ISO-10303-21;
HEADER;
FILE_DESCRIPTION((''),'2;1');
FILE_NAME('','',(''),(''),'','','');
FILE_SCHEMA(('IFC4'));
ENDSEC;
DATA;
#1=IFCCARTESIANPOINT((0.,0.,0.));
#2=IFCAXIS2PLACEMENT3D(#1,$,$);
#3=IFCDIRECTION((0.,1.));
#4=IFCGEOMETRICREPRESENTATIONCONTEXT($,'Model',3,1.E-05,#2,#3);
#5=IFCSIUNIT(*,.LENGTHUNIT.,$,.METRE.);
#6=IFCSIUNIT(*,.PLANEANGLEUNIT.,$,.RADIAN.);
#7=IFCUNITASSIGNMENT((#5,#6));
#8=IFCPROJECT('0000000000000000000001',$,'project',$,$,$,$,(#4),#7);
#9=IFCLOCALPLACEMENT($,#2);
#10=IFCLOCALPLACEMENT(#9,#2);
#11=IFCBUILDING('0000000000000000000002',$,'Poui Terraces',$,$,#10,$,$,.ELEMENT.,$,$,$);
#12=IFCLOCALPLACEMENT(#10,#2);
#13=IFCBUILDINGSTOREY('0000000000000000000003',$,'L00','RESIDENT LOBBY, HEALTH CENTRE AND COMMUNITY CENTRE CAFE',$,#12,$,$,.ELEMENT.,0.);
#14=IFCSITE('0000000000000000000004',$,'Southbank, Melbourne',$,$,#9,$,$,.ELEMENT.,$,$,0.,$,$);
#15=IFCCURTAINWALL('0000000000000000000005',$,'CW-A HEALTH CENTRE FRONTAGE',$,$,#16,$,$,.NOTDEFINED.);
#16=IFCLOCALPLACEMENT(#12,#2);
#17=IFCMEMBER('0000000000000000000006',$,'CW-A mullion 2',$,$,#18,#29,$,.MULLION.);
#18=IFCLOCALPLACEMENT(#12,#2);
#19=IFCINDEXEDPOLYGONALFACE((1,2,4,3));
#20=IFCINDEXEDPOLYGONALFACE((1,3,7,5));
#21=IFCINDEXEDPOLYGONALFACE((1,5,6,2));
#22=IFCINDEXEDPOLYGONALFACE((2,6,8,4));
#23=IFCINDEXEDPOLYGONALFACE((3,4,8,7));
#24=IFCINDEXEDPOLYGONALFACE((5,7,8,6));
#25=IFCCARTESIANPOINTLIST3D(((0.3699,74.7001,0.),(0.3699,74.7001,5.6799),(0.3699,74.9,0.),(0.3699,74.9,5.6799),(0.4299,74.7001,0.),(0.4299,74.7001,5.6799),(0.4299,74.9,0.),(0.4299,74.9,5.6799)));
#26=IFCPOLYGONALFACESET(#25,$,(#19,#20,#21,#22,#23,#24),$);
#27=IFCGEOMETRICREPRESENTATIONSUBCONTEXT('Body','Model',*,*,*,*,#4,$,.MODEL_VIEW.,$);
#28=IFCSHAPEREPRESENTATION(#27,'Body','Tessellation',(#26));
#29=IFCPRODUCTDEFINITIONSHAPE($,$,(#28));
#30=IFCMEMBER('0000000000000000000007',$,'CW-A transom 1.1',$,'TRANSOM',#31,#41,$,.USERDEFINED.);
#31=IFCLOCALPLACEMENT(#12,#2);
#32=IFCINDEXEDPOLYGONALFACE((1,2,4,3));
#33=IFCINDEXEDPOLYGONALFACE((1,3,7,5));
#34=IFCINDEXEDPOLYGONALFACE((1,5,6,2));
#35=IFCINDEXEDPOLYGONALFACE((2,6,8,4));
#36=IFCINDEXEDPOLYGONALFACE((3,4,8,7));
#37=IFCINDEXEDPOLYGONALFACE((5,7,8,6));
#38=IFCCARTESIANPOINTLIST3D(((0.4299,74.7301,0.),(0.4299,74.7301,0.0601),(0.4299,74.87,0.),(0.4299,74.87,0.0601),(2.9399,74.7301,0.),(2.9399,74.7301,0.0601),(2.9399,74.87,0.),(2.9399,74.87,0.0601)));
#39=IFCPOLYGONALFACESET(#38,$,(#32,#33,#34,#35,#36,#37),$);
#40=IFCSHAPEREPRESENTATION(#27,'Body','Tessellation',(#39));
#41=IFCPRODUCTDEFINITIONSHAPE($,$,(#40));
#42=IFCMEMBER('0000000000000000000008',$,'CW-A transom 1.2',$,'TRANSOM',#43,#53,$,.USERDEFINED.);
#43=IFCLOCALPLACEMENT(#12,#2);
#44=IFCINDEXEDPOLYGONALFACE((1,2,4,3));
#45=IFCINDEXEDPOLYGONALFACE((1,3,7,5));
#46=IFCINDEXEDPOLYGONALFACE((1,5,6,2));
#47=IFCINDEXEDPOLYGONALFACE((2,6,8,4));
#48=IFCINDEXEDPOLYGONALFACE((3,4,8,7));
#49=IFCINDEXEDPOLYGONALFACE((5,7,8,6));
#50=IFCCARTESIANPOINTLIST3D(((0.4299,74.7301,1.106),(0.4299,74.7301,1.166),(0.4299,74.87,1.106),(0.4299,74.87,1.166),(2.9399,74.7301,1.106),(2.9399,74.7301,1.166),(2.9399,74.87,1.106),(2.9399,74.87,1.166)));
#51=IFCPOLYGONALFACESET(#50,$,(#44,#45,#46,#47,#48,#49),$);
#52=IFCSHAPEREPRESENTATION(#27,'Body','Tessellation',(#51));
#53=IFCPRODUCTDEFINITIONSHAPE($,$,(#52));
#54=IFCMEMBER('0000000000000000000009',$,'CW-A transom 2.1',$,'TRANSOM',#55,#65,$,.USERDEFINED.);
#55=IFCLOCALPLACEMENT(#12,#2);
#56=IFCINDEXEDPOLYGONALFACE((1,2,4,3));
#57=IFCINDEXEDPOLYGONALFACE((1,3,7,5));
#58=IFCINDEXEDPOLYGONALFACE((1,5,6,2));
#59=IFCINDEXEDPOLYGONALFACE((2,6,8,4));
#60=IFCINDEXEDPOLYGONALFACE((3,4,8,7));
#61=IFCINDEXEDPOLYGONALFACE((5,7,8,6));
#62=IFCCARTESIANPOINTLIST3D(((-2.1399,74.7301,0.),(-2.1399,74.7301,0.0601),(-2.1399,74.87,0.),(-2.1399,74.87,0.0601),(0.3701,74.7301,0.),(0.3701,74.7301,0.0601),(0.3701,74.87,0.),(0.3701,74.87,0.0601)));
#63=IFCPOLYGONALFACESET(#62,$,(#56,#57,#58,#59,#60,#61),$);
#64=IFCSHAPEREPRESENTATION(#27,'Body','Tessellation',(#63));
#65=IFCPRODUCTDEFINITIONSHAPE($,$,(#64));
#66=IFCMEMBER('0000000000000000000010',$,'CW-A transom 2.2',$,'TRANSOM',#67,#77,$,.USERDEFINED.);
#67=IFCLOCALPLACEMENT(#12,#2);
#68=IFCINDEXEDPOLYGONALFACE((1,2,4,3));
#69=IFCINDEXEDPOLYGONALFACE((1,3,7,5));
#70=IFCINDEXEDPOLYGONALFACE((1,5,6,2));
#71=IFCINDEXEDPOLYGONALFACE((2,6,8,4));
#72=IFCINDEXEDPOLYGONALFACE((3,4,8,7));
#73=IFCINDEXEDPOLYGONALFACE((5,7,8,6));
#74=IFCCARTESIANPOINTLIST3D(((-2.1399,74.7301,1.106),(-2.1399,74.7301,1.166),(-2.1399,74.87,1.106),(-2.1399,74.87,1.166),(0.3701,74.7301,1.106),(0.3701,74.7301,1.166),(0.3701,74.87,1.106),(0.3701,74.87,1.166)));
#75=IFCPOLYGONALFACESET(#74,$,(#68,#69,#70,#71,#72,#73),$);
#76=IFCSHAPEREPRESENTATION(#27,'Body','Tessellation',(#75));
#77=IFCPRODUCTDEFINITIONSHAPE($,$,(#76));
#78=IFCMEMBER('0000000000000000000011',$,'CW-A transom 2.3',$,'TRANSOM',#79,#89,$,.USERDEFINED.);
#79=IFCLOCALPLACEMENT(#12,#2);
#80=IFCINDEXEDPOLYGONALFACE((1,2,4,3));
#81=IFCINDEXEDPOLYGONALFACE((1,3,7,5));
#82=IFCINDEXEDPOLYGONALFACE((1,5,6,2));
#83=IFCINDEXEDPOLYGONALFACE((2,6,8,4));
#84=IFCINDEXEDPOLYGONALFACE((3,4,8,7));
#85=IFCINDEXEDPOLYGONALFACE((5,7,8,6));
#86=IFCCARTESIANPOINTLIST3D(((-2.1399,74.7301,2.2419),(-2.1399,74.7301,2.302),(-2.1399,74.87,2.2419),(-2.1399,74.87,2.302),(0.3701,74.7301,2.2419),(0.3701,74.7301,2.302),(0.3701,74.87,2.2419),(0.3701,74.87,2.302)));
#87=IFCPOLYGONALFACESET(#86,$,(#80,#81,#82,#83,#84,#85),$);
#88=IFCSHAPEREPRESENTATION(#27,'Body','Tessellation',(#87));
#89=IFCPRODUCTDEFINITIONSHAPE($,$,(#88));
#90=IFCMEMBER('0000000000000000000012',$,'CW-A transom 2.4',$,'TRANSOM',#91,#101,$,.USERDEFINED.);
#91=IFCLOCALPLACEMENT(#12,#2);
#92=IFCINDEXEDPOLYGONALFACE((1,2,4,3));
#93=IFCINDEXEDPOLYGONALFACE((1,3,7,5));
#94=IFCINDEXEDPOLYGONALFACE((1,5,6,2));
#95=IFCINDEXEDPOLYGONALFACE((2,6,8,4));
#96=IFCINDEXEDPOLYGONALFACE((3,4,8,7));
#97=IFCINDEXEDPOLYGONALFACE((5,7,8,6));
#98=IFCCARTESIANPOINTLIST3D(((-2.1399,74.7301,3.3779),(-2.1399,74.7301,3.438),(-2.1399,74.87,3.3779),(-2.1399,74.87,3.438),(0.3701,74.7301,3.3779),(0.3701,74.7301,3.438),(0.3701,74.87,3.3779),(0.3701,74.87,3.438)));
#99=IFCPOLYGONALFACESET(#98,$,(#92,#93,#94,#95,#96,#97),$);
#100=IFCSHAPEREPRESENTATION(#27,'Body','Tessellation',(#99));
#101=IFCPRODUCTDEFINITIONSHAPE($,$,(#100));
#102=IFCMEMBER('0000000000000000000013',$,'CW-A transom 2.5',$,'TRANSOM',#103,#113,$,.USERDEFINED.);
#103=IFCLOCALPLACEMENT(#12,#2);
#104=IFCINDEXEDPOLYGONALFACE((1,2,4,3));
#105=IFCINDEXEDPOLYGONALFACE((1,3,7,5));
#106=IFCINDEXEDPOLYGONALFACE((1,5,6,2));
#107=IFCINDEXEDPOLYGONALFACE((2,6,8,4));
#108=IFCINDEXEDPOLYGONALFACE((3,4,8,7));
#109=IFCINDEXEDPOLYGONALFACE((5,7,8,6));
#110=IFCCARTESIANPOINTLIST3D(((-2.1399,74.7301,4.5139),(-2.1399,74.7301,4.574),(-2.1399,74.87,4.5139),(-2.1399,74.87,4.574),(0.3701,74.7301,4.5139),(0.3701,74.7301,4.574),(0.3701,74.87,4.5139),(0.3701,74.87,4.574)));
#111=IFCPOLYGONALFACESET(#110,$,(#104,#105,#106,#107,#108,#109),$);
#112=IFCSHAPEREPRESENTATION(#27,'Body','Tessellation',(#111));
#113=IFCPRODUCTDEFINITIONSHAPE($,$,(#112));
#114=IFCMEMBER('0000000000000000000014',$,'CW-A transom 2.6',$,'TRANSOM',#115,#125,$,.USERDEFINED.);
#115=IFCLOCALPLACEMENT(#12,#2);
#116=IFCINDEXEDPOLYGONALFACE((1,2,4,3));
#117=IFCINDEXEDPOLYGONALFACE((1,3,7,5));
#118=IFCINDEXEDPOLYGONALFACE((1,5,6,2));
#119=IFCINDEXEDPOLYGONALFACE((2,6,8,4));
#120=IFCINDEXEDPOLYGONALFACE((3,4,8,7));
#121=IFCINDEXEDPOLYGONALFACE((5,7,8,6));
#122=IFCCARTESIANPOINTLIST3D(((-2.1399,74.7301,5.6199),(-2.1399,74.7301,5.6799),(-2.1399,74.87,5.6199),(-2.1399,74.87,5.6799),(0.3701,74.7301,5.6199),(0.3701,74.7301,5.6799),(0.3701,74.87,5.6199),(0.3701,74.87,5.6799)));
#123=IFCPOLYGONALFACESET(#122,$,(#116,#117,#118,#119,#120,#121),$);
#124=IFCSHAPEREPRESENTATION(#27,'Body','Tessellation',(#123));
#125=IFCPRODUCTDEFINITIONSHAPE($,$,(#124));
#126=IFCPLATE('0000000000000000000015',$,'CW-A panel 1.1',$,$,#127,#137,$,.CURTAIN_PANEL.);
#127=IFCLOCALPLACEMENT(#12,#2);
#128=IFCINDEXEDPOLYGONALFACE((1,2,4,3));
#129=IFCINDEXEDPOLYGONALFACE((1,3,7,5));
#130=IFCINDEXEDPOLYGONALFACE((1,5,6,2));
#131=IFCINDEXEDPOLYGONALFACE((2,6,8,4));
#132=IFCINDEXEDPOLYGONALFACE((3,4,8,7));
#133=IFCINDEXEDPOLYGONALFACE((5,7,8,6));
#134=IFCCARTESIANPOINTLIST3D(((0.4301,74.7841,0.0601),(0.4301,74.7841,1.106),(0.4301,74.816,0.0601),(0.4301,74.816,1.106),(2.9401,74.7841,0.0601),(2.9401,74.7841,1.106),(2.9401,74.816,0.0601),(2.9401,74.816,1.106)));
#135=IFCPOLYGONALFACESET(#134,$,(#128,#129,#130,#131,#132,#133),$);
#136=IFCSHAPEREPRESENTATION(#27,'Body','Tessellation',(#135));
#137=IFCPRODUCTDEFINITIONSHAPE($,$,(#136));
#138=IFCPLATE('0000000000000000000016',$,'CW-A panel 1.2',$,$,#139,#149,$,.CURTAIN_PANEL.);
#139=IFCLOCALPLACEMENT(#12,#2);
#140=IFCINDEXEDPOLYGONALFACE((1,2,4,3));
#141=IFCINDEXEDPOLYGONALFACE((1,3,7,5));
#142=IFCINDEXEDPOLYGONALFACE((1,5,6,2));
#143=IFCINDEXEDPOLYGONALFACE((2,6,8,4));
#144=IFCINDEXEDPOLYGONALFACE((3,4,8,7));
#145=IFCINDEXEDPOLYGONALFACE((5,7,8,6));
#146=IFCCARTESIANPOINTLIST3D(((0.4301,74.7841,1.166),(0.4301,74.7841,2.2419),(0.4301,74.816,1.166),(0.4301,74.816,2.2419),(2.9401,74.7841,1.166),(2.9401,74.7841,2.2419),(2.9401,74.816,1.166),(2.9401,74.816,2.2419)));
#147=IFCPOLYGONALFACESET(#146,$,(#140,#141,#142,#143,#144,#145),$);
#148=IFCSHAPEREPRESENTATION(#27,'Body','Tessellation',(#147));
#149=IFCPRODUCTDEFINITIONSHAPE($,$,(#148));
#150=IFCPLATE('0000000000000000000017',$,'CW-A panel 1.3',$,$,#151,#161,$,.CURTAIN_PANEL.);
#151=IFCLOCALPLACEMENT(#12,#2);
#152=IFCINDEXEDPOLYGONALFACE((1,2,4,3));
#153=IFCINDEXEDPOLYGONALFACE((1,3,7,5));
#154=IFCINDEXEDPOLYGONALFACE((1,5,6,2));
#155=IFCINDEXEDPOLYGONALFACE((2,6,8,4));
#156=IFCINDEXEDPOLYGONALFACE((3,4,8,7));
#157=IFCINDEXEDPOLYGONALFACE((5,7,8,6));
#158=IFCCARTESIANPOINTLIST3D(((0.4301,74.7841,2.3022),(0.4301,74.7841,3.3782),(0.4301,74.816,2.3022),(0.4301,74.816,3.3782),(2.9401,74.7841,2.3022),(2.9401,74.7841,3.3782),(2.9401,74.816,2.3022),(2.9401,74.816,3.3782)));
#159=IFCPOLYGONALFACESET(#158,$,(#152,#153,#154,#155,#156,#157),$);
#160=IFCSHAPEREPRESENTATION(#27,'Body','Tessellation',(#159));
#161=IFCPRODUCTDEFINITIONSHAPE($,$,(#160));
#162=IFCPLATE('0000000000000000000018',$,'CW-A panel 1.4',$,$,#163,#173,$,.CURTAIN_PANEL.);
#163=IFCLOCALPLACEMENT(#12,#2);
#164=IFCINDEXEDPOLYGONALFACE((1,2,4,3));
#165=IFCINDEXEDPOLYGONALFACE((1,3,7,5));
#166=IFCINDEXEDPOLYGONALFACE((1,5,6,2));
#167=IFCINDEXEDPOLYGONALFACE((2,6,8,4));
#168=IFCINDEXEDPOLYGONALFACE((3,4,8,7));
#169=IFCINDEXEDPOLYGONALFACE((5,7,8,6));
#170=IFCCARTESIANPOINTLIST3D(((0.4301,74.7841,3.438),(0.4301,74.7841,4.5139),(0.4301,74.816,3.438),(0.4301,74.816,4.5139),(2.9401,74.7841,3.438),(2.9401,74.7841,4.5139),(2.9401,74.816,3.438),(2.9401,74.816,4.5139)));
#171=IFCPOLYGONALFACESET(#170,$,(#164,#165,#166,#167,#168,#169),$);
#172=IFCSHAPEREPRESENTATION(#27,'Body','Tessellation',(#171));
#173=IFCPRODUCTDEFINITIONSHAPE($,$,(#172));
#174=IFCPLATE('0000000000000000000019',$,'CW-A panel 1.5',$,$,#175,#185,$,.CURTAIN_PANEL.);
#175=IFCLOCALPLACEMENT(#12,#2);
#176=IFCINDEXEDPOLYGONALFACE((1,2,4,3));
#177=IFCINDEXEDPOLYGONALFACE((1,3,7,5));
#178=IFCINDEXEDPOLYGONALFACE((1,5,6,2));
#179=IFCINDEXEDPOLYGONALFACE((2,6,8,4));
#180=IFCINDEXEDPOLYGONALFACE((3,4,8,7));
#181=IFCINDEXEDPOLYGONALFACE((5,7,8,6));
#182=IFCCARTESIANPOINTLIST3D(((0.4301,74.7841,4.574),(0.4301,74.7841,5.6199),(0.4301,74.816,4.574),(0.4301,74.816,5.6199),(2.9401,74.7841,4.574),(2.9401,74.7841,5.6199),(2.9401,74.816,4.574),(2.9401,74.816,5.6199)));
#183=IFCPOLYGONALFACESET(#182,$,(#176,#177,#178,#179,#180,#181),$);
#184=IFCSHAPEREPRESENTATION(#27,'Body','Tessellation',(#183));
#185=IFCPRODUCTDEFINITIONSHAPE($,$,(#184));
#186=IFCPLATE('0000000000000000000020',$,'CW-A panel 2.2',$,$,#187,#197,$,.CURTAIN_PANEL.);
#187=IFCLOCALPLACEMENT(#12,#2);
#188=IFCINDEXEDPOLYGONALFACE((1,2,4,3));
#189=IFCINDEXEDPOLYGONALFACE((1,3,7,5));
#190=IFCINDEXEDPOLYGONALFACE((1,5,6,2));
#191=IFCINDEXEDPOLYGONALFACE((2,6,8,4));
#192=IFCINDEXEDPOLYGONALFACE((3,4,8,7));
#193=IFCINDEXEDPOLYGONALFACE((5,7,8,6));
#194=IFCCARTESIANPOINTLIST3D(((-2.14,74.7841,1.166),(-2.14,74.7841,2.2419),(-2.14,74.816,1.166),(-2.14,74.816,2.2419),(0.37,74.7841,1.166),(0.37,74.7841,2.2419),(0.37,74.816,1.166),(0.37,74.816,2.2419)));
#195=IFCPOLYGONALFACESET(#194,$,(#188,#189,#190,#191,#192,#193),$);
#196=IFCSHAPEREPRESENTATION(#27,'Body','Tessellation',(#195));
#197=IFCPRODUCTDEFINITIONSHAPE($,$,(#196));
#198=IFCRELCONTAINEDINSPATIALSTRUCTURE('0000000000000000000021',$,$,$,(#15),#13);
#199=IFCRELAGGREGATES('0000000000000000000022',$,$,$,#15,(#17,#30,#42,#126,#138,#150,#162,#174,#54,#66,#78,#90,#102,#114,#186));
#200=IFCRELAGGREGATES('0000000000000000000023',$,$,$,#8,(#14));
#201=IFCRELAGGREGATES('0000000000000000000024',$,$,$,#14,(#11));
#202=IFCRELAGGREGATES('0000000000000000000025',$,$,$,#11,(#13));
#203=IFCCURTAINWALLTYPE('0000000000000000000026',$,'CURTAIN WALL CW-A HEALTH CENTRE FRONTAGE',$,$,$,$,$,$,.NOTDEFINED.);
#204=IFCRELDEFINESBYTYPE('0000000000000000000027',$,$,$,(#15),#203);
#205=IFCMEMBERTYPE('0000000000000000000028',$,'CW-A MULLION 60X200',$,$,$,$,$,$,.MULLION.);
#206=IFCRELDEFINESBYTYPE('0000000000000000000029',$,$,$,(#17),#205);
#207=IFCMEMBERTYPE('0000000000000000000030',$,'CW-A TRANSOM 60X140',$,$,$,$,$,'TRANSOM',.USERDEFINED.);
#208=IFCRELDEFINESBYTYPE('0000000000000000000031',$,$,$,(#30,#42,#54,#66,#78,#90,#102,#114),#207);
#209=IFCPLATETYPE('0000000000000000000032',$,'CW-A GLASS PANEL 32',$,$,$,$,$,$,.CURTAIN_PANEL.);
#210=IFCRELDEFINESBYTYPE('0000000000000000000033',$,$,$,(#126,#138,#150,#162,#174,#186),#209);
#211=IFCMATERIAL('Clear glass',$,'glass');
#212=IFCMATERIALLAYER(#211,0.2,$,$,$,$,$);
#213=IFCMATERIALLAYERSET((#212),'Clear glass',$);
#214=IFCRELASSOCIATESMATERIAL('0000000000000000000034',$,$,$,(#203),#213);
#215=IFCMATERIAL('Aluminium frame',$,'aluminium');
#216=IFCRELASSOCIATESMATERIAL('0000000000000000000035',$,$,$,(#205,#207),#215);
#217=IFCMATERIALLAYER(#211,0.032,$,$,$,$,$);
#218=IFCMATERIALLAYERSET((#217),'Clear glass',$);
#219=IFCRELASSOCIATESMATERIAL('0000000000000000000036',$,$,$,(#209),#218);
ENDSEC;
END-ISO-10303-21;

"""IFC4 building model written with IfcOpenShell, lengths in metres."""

from ifc_helpers import new_model, si_unit, direction, frame, origin, origin_2d, place, context, subcontext, project, spatial, rectangle, extrude, material, layer, layer_set, material_profile, profile_set, type_object, element, aggregate, save


model = new_model("IFC4")

# Units and contexts
model_context = context("Model", 3, precision=1e-05, world=origin(), true_north=direction((0.0, 1.0)))
body_context = subcontext(model_context, "Body", "Model", "MODEL_VIEW")
ifc_project = project(units=[si_unit("LENGTHUNIT", "METRE"), si_unit("PLANEANGLEUNIT", "RADIAN")], contexts=[model_context])

# Site, building, storey
site_placement = place(None, origin())
site = spatial("IfcSite", under=ifc_project, at=site_placement, Name="Southbank, Melbourne", CompositionType="ELEMENT", RefElevation=0.0)
building_placement = place(site_placement, origin())
building = spatial("IfcBuilding", under=site, at=building_placement, Name="Poui Terraces", CompositionType="ELEMENT")
storey_placement = place(building_placement, origin())
storey = spatial("IfcBuildingStorey", under=building, at=storey_placement, Name="L00", Description="RESIDENT LOBBY, HEALTH CENTRE AND COMMUNITY CENTRE CAFE", CompositionType="ELEMENT", Elevation=0.0)

# Curtain wall, members, plates
ifc_material_1 = material(Name="Clear glass", Category="glass")
ifc_layer_1 = layer(ifc_material_1, 0.2)
ifc_layer_set_1 = layer_set([ifc_layer_1], Name="Clear glass")
curtain_wall_type = type_object("IfcCurtainWallType", Name="CURTAIN WALL CW-A HEALTH CENTRE FRONTAGE", PredefinedType="NOTDEFINED", material=ifc_layer_set_1)
curtain_wall_placement = place(storey_placement, origin())
curtain_wall = element("IfcCurtainWall", 1, at=curtain_wall_placement, inside=storey, type_object=curtain_wall_type, Name="CW-A HEALTH CENTRE FRONTAGE", PredefinedType="NOTDEFINED")
ifc_material_2 = material(Name="Aluminium frame", Category="aluminium")
ifc_material_profile_1 = material_profile(ifc_material_2, rectangle(XDim=0.2, YDim=0.0601, at=origin_2d()), Name="CW-A MULLION 60X200")
ifc_profile_set_1 = profile_set([ifc_material_profile_1], Name="Aluminium frame")
member_type_1 = type_object("IfcMemberType", Name="CW-A MULLION 60X200", PredefinedType="MULLION", material=ifc_profile_set_1)
member_1_placement = place(storey_placement, frame((0.3999, 74.8, 0.0), z_axis=(0.0, 0.0, 1.0), x_axis=(0.0, -1.0, 0.0)))
member_1 = element("IfcMember", 2, at=member_1_placement, type_object=member_type_1, Name="CW-A mullion 2", PredefinedType="MULLION", context=body_context, shape_type="SweptSolid", body=[
    extrude(rectangle(XDim=0.2, YDim=0.0601, at=origin_2d()), origin(), (0.0, 0.0, 1.0), 5.6799),
])
ifc_material_profile_2 = material_profile(ifc_material_2, rectangle(XDim=0.1399, YDim=0.0601, at=origin_2d()), Name="CW-A TRANSOM 60X140")
ifc_profile_set_2 = profile_set([ifc_material_profile_2], Name="Aluminium frame")
member_type_2 = type_object("IfcMemberType", Name="CW-A TRANSOM 60X140", ElementType="TRANSOM", PredefinedType="USERDEFINED", material=ifc_profile_set_2)
member_2_placement = place(storey_placement, frame((2.9399, 74.8, 0.03), z_axis=(-1.0, 0.0, 0.0), x_axis=(0.0, -1.0, 0.0)))
member_2 = element("IfcMember", 3, at=member_2_placement, type_object=member_type_2, Name="CW-A transom 1.1", ObjectType="TRANSOM", PredefinedType="USERDEFINED", context=body_context, shape_type="SweptSolid", body=[
    extrude(rectangle(XDim=0.1399, YDim=0.0601, at=origin_2d()), origin(), (0.0, 0.0, 1.0), 2.51),
])
member_3_placement = place(storey_placement, frame((2.9399, 74.8, 1.136), z_axis=(-1.0, 0.0, 0.0), x_axis=(0.0, -1.0, 0.0)))
member_3 = element("IfcMember", 4, at=member_3_placement, type_object=member_type_2, Name="CW-A transom 1.2", ObjectType="TRANSOM", PredefinedType="USERDEFINED", context=body_context, shape_type="SweptSolid", body=[
    extrude(rectangle(XDim=0.1399, YDim=0.0601, at=origin_2d()), origin(), (0.0, 0.0, 1.0), 2.51),
])
member_4_placement = place(storey_placement, frame((0.3701, 74.8, 0.03), z_axis=(-1.0, 0.0, 0.0), x_axis=(0.0, -1.0, 0.0)))
member_4 = element("IfcMember", 5, at=member_4_placement, type_object=member_type_2, Name="CW-A transom 2.1", ObjectType="TRANSOM", PredefinedType="USERDEFINED", context=body_context, shape_type="SweptSolid", body=[
    extrude(rectangle(XDim=0.1399, YDim=0.0601, at=origin_2d()), origin(), (0.0, 0.0, 1.0), 2.51),
])
member_5_placement = place(storey_placement, frame((0.3701, 74.8, 1.136), z_axis=(-1.0, 0.0, 0.0), x_axis=(0.0, -1.0, 0.0)))
member_5 = element("IfcMember", 6, at=member_5_placement, type_object=member_type_2, Name="CW-A transom 2.2", ObjectType="TRANSOM", PredefinedType="USERDEFINED", context=body_context, shape_type="SweptSolid", body=[
    extrude(rectangle(XDim=0.1399, YDim=0.0601, at=origin_2d()), origin(), (0.0, 0.0, 1.0), 2.51),
])
member_6_placement = place(storey_placement, frame((0.3701, 74.8, 2.272), z_axis=(-1.0, 0.0, 0.0), x_axis=(0.0, -1.0, 0.0)))
member_6 = element("IfcMember", 7, at=member_6_placement, type_object=member_type_2, Name="CW-A transom 2.3", ObjectType="TRANSOM", PredefinedType="USERDEFINED", context=body_context, shape_type="SweptSolid", body=[
    extrude(rectangle(XDim=0.1399, YDim=0.0601, at=origin_2d()), origin(), (0.0, 0.0, 1.0), 2.51),
])
member_7_placement = place(storey_placement, frame((0.3701, 74.8, 3.408), z_axis=(-1.0, 0.0, 0.0), x_axis=(0.0, -1.0, 0.0)))
member_7 = element("IfcMember", 8, at=member_7_placement, type_object=member_type_2, Name="CW-A transom 2.4", ObjectType="TRANSOM", PredefinedType="USERDEFINED", context=body_context, shape_type="SweptSolid", body=[
    extrude(rectangle(XDim=0.1399, YDim=0.0601, at=origin_2d()), origin(), (0.0, 0.0, 1.0), 2.51),
])
member_8_placement = place(storey_placement, frame((0.3701, 74.8, 4.5439), z_axis=(-1.0, 0.0, 0.0), x_axis=(0.0, -1.0, 0.0)))
member_8 = element("IfcMember", 9, at=member_8_placement, type_object=member_type_2, Name="CW-A transom 2.5", ObjectType="TRANSOM", PredefinedType="USERDEFINED", context=body_context, shape_type="SweptSolid", body=[
    extrude(rectangle(XDim=0.1399, YDim=0.0601, at=origin_2d()), origin(), (0.0, 0.0, 1.0), 2.51),
])
member_9_placement = place(storey_placement, frame((0.3701, 74.8, 5.6499), z_axis=(-1.0, 0.0, 0.0), x_axis=(0.0, -1.0, 0.0)))
member_9 = element("IfcMember", 10, at=member_9_placement, type_object=member_type_2, Name="CW-A transom 2.6", ObjectType="TRANSOM", PredefinedType="USERDEFINED", context=body_context, shape_type="SweptSolid", body=[
    extrude(rectangle(XDim=0.1399, YDim=0.0601, at=origin_2d()), origin(), (0.0, 0.0, 1.0), 2.51),
])
ifc_layer_2 = layer(ifc_material_1, 0.032)
ifc_layer_set_2 = layer_set([ifc_layer_2], Name="Clear glass")
plate_type = type_object("IfcPlateType", Name="CW-A GLASS PANEL 32", PredefinedType="CURTAIN_PANEL", material=ifc_layer_set_2)
plate_1_placement = place(storey_placement, frame((1.6851, 74.8, 0.0601), z_axis=(0.0, 0.0, 1.0), x_axis=(-1.0, 0.0, 0.0)))
plate_1 = element("IfcPlate", 11, at=plate_1_placement, type_object=plate_type, Name="CW-A panel 1.1", PredefinedType="CURTAIN_PANEL", context=body_context, shape_type="SweptSolid", body=[
    extrude(rectangle(XDim=2.51, YDim=0.032, at=origin_2d()), origin(), (0.0, 0.0, 1.0), 1.0459),
])
plate_2_placement = place(storey_placement, frame((1.6851, 74.8, 1.166), z_axis=(0.0, 0.0, 1.0), x_axis=(-1.0, 0.0, 0.0)))
plate_2 = element("IfcPlate", 12, at=plate_2_placement, type_object=plate_type, Name="CW-A panel 1.2", PredefinedType="CURTAIN_PANEL", context=body_context, shape_type="SweptSolid", body=[
    extrude(rectangle(XDim=2.51, YDim=0.032, at=origin_2d()), origin(), (0.0, 0.0, 1.0), 1.0759),
])
plate_3_placement = place(storey_placement, frame((1.6851, 74.8, 2.3022), z_axis=(0.0, 0.0, 1.0), x_axis=(-1.0, 0.0, 0.0)))
plate_3 = element("IfcPlate", 13, at=plate_3_placement, type_object=plate_type, Name="CW-A panel 1.3", PredefinedType="CURTAIN_PANEL", context=body_context, shape_type="SweptSolid", body=[
    extrude(rectangle(XDim=2.51, YDim=0.032, at=origin_2d()), origin(), (0.0, 0.0, 1.0), 1.0759),
])
plate_4_placement = place(storey_placement, frame((1.6851, 74.8, 3.438), z_axis=(0.0, 0.0, 1.0), x_axis=(-1.0, 0.0, 0.0)))
plate_4 = element("IfcPlate", 14, at=plate_4_placement, type_object=plate_type, Name="CW-A panel 1.4", PredefinedType="CURTAIN_PANEL", context=body_context, shape_type="SweptSolid", body=[
    extrude(rectangle(XDim=2.51, YDim=0.032, at=origin_2d()), origin(), (0.0, 0.0, 1.0), 1.0759),
])
plate_5_placement = place(storey_placement, frame((1.6851, 74.8, 4.574), z_axis=(0.0, 0.0, 1.0), x_axis=(-1.0, 0.0, 0.0)))
plate_5 = element("IfcPlate", 15, at=plate_5_placement, type_object=plate_type, Name="CW-A panel 1.5", PredefinedType="CURTAIN_PANEL", context=body_context, shape_type="SweptSolid", body=[
    extrude(rectangle(XDim=2.51, YDim=0.032, at=origin_2d()), origin(), (0.0, 0.0, 1.0), 1.0459),
])
plate_6_placement = place(storey_placement, frame((-0.885, 74.8, 1.166), z_axis=(0.0, 0.0, 1.0), x_axis=(-1.0, 0.0, 0.0)))
plate_6 = element("IfcPlate", 16, at=plate_6_placement, type_object=plate_type, Name="CW-A panel 2.2", PredefinedType="CURTAIN_PANEL", context=body_context, shape_type="SweptSolid", body=[
    extrude(rectangle(XDim=2.51, YDim=0.032, at=origin_2d()), origin(), (0.0, 0.0, 1.0), 1.0759),
])
aggregate(curtain_wall, [member_1, member_2, member_3, plate_1, plate_2, plate_3, plate_4, plate_5, member_4, member_5, member_6, member_7, member_8, member_9, plate_6])

save(model, "model.ifc")
